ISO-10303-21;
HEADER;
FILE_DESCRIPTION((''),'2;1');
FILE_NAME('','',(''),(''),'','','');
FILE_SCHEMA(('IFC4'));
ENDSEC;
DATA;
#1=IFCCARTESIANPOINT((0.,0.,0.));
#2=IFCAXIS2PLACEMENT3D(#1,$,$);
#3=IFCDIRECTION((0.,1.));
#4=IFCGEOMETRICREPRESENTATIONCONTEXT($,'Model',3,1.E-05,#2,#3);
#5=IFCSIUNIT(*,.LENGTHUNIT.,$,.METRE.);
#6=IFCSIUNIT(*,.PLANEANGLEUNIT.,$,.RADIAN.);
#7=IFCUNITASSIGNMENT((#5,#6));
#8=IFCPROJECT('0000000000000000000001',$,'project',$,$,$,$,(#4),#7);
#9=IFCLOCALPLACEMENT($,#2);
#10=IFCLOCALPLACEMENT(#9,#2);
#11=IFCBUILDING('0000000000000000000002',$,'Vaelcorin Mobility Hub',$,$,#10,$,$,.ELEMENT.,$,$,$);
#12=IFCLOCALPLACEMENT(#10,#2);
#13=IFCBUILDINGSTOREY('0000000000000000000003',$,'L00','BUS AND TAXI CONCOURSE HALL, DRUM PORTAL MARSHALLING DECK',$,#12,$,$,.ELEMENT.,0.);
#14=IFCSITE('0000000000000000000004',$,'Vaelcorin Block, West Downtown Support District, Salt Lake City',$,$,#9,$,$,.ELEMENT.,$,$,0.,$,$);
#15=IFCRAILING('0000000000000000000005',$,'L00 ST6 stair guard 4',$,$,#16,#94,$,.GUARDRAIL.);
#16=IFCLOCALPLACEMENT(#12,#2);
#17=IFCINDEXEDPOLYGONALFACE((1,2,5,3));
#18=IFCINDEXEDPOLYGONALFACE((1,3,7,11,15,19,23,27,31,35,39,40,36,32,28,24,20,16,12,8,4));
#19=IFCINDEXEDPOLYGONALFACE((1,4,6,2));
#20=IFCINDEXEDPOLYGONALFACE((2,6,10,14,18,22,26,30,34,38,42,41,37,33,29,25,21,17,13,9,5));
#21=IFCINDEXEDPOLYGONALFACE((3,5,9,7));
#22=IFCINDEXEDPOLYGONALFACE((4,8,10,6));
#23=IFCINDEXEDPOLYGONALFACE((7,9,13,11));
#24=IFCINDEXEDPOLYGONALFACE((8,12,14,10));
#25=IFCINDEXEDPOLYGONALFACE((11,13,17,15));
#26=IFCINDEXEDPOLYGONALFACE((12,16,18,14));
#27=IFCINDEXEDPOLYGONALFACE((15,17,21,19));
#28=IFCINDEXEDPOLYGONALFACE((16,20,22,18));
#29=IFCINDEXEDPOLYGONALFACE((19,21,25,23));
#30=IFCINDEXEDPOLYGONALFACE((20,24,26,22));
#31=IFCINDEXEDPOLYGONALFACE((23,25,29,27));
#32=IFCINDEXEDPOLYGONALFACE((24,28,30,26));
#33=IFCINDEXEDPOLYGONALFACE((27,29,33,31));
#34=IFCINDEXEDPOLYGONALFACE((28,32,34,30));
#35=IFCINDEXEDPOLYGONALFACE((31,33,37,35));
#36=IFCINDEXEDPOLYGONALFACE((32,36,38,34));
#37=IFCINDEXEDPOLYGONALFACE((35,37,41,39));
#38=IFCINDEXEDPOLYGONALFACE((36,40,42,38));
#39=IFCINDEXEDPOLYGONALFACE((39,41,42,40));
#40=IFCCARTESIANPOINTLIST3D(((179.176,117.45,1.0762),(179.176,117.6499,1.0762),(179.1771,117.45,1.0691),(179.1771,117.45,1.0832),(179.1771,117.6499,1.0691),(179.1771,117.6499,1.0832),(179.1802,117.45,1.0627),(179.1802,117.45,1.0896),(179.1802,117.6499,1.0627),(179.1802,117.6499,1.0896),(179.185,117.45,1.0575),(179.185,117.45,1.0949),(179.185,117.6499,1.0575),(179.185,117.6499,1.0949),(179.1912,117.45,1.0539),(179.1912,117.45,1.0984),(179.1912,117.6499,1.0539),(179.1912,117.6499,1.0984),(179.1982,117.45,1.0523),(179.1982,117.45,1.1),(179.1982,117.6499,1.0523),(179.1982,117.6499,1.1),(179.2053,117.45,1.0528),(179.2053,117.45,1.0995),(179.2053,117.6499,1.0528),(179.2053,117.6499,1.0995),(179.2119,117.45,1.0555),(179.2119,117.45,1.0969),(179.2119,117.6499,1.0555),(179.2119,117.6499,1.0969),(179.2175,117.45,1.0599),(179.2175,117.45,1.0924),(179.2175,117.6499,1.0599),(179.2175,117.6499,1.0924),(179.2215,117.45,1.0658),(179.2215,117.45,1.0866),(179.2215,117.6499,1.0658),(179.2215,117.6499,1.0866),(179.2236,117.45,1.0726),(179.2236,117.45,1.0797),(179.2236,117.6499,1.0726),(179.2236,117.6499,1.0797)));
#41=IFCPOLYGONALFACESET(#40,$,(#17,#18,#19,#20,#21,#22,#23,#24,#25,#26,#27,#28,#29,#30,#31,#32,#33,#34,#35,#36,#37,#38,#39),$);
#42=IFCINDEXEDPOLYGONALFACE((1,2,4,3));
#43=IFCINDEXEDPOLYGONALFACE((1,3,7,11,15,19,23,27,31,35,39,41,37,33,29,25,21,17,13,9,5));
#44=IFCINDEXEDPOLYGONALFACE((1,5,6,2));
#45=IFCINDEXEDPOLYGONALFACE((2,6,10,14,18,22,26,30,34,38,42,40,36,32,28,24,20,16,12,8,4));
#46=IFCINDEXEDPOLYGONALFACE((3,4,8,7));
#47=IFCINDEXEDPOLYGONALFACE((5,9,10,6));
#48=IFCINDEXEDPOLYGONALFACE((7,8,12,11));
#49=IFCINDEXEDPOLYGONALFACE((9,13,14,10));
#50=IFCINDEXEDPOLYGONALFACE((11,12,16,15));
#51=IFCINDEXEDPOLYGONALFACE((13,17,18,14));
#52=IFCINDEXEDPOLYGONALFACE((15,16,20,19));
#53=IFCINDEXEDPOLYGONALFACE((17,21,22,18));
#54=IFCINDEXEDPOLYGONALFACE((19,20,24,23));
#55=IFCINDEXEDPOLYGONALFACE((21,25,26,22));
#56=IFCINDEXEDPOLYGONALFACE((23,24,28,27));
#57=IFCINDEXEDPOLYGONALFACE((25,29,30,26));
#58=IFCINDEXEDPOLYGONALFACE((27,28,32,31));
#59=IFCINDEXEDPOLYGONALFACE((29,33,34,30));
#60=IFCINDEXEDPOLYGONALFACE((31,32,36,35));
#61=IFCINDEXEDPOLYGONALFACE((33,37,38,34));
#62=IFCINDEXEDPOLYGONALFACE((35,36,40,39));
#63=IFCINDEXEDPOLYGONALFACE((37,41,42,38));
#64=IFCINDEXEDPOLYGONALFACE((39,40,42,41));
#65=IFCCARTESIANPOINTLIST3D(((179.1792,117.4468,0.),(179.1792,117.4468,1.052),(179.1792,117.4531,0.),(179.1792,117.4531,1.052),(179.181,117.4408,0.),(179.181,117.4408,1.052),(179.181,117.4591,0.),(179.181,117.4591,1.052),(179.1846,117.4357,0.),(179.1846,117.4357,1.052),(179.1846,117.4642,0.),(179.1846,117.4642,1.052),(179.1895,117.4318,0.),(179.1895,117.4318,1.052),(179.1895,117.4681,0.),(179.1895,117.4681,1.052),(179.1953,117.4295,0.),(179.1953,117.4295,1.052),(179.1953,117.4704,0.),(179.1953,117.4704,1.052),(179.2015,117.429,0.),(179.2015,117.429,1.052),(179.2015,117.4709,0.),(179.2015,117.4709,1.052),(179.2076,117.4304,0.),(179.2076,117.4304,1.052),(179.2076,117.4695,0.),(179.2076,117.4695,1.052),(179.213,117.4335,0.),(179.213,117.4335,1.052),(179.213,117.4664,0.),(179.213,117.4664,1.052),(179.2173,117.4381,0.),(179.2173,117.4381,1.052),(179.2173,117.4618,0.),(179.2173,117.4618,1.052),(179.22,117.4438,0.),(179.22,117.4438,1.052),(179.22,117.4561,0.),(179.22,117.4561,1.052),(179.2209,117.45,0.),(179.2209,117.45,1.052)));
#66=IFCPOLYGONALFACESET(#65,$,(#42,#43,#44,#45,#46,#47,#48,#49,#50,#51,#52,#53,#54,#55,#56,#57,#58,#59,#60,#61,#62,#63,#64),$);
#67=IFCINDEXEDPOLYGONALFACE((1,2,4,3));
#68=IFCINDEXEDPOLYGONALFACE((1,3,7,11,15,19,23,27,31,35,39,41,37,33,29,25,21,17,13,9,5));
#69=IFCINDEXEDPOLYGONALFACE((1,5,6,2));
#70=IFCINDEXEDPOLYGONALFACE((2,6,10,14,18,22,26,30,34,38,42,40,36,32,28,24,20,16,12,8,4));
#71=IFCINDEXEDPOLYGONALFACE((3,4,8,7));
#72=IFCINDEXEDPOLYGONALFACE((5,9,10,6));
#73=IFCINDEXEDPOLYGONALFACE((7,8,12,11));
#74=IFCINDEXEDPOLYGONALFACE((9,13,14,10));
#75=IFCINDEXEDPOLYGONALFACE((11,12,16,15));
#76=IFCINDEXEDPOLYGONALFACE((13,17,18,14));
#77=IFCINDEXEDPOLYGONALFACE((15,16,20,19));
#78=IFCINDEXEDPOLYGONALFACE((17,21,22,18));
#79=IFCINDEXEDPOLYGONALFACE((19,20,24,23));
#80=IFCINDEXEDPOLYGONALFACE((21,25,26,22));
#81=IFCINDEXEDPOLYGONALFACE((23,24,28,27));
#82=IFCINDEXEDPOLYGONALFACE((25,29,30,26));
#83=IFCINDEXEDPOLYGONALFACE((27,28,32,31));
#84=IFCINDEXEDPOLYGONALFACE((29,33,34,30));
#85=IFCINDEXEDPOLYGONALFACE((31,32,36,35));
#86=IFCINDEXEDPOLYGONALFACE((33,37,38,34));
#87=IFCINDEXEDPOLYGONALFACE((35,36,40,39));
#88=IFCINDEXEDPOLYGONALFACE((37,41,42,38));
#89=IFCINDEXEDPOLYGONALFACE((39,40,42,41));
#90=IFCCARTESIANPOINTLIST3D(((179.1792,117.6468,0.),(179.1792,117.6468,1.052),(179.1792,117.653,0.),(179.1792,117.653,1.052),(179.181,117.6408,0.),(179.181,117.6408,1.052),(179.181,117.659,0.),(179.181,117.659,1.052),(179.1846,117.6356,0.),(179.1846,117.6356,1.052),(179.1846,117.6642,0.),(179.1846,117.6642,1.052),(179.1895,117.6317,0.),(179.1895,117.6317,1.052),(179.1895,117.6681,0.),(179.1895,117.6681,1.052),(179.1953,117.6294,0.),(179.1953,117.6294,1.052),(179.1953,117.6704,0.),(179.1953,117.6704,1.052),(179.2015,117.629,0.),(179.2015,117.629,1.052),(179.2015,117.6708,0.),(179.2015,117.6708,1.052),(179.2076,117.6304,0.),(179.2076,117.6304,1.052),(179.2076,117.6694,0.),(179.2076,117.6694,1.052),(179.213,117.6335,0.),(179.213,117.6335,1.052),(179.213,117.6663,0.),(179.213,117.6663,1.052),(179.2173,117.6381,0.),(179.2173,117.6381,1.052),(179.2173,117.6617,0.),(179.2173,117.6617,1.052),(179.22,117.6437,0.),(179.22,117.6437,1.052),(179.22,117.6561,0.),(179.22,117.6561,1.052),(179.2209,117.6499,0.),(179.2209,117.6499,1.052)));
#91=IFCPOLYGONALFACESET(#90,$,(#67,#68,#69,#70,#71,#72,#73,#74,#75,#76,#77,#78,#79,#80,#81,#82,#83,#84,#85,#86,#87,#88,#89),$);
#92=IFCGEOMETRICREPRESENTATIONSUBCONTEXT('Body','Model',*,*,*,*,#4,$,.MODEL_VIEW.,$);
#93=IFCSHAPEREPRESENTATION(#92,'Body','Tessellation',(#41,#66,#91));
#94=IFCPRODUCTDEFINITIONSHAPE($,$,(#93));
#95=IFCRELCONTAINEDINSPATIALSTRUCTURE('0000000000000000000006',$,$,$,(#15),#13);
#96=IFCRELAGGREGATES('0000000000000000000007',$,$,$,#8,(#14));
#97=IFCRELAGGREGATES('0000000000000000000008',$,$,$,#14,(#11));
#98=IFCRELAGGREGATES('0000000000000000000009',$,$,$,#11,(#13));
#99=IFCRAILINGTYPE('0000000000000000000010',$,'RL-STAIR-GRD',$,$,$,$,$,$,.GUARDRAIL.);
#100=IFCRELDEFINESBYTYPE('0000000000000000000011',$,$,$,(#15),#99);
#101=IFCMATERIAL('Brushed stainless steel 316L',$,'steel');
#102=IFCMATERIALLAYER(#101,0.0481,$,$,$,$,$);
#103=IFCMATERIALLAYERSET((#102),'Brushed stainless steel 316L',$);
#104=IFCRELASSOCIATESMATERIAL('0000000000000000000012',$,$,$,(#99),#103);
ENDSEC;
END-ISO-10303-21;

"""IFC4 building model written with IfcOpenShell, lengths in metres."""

from ifc_helpers import new_model, si_unit, direction, frame, origin, origin_2d, place, context, subcontext, project, spatial, circle, extrude, material, layer, layer_set, type_object, element, save


model = new_model("IFC4")

# Units and contexts
model_context = context("Model", 3, precision=1e-05, world=origin(), true_north=direction((0.0, 1.0)))
body_context = subcontext(model_context, "Body", "Model", "MODEL_VIEW")
ifc_project = project(units=[si_unit("LENGTHUNIT", "METRE"), si_unit("PLANEANGLEUNIT", "RADIAN")], contexts=[model_context])

# Site, building, storey
site_placement = place(None, origin())
site = spatial("IfcSite", under=ifc_project, at=site_placement, Name="Vaelcorin Block, West Downtown Support District, Salt Lake City", CompositionType="ELEMENT", RefElevation=0.0)
building_placement = place(site_placement, origin())
building = spatial("IfcBuilding", under=site, at=building_placement, Name="Vaelcorin Mobility Hub", CompositionType="ELEMENT")
storey_placement = place(building_placement, origin())
storey = spatial("IfcBuildingStorey", under=building, at=storey_placement, Name="L00", Description="BUS AND TAXI CONCOURSE HALL, DRUM PORTAL MARSHALLING DECK", CompositionType="ELEMENT", Elevation=0.0)

# Railing
ifc_material_1 = material(Name="Brushed stainless steel 316L", Category="steel")
ifc_layer_1 = layer(ifc_material_1, 0.0481)
ifc_layer_set_1 = layer_set([ifc_layer_1], Name="Brushed stainless steel 316L")
railing_type_1 = type_object("IfcRailingType", Name="RL-STAIR-GRD", PredefinedType="GUARDRAIL", material=ifc_layer_set_1)
railing_1_placement = place(storey_placement, frame((179.2, 117.45, 0.0)))
element("IfcRailing", 1, at=railing_1_placement, inside=storey, type_object=railing_type_1, Name="L00 ST6 stair guard 4", PredefinedType="GUARDRAIL", context=body_context, shape_type="SweptSolid", body=[
    extrude(circle(Radius=0.0239, at=origin_2d()), frame((0.0, 0.0, 1.0762), z_axis=(0.0, 1.0, 0.0), x_axis=(-1.0, 0.0, 0.0)), (0.0, 0.0, 1.0), 0.2),
    extrude(circle(Radius=0.021, at=origin_2d()), origin(), (0.0, 0.0, 1.0), 1.052),
    extrude(circle(Radius=0.021, at=origin_2d()), frame((0.0, 0.2, 0.0)), (0.0, 0.0, 1.0), 1.052),
])

save(model, "model.ifc")
